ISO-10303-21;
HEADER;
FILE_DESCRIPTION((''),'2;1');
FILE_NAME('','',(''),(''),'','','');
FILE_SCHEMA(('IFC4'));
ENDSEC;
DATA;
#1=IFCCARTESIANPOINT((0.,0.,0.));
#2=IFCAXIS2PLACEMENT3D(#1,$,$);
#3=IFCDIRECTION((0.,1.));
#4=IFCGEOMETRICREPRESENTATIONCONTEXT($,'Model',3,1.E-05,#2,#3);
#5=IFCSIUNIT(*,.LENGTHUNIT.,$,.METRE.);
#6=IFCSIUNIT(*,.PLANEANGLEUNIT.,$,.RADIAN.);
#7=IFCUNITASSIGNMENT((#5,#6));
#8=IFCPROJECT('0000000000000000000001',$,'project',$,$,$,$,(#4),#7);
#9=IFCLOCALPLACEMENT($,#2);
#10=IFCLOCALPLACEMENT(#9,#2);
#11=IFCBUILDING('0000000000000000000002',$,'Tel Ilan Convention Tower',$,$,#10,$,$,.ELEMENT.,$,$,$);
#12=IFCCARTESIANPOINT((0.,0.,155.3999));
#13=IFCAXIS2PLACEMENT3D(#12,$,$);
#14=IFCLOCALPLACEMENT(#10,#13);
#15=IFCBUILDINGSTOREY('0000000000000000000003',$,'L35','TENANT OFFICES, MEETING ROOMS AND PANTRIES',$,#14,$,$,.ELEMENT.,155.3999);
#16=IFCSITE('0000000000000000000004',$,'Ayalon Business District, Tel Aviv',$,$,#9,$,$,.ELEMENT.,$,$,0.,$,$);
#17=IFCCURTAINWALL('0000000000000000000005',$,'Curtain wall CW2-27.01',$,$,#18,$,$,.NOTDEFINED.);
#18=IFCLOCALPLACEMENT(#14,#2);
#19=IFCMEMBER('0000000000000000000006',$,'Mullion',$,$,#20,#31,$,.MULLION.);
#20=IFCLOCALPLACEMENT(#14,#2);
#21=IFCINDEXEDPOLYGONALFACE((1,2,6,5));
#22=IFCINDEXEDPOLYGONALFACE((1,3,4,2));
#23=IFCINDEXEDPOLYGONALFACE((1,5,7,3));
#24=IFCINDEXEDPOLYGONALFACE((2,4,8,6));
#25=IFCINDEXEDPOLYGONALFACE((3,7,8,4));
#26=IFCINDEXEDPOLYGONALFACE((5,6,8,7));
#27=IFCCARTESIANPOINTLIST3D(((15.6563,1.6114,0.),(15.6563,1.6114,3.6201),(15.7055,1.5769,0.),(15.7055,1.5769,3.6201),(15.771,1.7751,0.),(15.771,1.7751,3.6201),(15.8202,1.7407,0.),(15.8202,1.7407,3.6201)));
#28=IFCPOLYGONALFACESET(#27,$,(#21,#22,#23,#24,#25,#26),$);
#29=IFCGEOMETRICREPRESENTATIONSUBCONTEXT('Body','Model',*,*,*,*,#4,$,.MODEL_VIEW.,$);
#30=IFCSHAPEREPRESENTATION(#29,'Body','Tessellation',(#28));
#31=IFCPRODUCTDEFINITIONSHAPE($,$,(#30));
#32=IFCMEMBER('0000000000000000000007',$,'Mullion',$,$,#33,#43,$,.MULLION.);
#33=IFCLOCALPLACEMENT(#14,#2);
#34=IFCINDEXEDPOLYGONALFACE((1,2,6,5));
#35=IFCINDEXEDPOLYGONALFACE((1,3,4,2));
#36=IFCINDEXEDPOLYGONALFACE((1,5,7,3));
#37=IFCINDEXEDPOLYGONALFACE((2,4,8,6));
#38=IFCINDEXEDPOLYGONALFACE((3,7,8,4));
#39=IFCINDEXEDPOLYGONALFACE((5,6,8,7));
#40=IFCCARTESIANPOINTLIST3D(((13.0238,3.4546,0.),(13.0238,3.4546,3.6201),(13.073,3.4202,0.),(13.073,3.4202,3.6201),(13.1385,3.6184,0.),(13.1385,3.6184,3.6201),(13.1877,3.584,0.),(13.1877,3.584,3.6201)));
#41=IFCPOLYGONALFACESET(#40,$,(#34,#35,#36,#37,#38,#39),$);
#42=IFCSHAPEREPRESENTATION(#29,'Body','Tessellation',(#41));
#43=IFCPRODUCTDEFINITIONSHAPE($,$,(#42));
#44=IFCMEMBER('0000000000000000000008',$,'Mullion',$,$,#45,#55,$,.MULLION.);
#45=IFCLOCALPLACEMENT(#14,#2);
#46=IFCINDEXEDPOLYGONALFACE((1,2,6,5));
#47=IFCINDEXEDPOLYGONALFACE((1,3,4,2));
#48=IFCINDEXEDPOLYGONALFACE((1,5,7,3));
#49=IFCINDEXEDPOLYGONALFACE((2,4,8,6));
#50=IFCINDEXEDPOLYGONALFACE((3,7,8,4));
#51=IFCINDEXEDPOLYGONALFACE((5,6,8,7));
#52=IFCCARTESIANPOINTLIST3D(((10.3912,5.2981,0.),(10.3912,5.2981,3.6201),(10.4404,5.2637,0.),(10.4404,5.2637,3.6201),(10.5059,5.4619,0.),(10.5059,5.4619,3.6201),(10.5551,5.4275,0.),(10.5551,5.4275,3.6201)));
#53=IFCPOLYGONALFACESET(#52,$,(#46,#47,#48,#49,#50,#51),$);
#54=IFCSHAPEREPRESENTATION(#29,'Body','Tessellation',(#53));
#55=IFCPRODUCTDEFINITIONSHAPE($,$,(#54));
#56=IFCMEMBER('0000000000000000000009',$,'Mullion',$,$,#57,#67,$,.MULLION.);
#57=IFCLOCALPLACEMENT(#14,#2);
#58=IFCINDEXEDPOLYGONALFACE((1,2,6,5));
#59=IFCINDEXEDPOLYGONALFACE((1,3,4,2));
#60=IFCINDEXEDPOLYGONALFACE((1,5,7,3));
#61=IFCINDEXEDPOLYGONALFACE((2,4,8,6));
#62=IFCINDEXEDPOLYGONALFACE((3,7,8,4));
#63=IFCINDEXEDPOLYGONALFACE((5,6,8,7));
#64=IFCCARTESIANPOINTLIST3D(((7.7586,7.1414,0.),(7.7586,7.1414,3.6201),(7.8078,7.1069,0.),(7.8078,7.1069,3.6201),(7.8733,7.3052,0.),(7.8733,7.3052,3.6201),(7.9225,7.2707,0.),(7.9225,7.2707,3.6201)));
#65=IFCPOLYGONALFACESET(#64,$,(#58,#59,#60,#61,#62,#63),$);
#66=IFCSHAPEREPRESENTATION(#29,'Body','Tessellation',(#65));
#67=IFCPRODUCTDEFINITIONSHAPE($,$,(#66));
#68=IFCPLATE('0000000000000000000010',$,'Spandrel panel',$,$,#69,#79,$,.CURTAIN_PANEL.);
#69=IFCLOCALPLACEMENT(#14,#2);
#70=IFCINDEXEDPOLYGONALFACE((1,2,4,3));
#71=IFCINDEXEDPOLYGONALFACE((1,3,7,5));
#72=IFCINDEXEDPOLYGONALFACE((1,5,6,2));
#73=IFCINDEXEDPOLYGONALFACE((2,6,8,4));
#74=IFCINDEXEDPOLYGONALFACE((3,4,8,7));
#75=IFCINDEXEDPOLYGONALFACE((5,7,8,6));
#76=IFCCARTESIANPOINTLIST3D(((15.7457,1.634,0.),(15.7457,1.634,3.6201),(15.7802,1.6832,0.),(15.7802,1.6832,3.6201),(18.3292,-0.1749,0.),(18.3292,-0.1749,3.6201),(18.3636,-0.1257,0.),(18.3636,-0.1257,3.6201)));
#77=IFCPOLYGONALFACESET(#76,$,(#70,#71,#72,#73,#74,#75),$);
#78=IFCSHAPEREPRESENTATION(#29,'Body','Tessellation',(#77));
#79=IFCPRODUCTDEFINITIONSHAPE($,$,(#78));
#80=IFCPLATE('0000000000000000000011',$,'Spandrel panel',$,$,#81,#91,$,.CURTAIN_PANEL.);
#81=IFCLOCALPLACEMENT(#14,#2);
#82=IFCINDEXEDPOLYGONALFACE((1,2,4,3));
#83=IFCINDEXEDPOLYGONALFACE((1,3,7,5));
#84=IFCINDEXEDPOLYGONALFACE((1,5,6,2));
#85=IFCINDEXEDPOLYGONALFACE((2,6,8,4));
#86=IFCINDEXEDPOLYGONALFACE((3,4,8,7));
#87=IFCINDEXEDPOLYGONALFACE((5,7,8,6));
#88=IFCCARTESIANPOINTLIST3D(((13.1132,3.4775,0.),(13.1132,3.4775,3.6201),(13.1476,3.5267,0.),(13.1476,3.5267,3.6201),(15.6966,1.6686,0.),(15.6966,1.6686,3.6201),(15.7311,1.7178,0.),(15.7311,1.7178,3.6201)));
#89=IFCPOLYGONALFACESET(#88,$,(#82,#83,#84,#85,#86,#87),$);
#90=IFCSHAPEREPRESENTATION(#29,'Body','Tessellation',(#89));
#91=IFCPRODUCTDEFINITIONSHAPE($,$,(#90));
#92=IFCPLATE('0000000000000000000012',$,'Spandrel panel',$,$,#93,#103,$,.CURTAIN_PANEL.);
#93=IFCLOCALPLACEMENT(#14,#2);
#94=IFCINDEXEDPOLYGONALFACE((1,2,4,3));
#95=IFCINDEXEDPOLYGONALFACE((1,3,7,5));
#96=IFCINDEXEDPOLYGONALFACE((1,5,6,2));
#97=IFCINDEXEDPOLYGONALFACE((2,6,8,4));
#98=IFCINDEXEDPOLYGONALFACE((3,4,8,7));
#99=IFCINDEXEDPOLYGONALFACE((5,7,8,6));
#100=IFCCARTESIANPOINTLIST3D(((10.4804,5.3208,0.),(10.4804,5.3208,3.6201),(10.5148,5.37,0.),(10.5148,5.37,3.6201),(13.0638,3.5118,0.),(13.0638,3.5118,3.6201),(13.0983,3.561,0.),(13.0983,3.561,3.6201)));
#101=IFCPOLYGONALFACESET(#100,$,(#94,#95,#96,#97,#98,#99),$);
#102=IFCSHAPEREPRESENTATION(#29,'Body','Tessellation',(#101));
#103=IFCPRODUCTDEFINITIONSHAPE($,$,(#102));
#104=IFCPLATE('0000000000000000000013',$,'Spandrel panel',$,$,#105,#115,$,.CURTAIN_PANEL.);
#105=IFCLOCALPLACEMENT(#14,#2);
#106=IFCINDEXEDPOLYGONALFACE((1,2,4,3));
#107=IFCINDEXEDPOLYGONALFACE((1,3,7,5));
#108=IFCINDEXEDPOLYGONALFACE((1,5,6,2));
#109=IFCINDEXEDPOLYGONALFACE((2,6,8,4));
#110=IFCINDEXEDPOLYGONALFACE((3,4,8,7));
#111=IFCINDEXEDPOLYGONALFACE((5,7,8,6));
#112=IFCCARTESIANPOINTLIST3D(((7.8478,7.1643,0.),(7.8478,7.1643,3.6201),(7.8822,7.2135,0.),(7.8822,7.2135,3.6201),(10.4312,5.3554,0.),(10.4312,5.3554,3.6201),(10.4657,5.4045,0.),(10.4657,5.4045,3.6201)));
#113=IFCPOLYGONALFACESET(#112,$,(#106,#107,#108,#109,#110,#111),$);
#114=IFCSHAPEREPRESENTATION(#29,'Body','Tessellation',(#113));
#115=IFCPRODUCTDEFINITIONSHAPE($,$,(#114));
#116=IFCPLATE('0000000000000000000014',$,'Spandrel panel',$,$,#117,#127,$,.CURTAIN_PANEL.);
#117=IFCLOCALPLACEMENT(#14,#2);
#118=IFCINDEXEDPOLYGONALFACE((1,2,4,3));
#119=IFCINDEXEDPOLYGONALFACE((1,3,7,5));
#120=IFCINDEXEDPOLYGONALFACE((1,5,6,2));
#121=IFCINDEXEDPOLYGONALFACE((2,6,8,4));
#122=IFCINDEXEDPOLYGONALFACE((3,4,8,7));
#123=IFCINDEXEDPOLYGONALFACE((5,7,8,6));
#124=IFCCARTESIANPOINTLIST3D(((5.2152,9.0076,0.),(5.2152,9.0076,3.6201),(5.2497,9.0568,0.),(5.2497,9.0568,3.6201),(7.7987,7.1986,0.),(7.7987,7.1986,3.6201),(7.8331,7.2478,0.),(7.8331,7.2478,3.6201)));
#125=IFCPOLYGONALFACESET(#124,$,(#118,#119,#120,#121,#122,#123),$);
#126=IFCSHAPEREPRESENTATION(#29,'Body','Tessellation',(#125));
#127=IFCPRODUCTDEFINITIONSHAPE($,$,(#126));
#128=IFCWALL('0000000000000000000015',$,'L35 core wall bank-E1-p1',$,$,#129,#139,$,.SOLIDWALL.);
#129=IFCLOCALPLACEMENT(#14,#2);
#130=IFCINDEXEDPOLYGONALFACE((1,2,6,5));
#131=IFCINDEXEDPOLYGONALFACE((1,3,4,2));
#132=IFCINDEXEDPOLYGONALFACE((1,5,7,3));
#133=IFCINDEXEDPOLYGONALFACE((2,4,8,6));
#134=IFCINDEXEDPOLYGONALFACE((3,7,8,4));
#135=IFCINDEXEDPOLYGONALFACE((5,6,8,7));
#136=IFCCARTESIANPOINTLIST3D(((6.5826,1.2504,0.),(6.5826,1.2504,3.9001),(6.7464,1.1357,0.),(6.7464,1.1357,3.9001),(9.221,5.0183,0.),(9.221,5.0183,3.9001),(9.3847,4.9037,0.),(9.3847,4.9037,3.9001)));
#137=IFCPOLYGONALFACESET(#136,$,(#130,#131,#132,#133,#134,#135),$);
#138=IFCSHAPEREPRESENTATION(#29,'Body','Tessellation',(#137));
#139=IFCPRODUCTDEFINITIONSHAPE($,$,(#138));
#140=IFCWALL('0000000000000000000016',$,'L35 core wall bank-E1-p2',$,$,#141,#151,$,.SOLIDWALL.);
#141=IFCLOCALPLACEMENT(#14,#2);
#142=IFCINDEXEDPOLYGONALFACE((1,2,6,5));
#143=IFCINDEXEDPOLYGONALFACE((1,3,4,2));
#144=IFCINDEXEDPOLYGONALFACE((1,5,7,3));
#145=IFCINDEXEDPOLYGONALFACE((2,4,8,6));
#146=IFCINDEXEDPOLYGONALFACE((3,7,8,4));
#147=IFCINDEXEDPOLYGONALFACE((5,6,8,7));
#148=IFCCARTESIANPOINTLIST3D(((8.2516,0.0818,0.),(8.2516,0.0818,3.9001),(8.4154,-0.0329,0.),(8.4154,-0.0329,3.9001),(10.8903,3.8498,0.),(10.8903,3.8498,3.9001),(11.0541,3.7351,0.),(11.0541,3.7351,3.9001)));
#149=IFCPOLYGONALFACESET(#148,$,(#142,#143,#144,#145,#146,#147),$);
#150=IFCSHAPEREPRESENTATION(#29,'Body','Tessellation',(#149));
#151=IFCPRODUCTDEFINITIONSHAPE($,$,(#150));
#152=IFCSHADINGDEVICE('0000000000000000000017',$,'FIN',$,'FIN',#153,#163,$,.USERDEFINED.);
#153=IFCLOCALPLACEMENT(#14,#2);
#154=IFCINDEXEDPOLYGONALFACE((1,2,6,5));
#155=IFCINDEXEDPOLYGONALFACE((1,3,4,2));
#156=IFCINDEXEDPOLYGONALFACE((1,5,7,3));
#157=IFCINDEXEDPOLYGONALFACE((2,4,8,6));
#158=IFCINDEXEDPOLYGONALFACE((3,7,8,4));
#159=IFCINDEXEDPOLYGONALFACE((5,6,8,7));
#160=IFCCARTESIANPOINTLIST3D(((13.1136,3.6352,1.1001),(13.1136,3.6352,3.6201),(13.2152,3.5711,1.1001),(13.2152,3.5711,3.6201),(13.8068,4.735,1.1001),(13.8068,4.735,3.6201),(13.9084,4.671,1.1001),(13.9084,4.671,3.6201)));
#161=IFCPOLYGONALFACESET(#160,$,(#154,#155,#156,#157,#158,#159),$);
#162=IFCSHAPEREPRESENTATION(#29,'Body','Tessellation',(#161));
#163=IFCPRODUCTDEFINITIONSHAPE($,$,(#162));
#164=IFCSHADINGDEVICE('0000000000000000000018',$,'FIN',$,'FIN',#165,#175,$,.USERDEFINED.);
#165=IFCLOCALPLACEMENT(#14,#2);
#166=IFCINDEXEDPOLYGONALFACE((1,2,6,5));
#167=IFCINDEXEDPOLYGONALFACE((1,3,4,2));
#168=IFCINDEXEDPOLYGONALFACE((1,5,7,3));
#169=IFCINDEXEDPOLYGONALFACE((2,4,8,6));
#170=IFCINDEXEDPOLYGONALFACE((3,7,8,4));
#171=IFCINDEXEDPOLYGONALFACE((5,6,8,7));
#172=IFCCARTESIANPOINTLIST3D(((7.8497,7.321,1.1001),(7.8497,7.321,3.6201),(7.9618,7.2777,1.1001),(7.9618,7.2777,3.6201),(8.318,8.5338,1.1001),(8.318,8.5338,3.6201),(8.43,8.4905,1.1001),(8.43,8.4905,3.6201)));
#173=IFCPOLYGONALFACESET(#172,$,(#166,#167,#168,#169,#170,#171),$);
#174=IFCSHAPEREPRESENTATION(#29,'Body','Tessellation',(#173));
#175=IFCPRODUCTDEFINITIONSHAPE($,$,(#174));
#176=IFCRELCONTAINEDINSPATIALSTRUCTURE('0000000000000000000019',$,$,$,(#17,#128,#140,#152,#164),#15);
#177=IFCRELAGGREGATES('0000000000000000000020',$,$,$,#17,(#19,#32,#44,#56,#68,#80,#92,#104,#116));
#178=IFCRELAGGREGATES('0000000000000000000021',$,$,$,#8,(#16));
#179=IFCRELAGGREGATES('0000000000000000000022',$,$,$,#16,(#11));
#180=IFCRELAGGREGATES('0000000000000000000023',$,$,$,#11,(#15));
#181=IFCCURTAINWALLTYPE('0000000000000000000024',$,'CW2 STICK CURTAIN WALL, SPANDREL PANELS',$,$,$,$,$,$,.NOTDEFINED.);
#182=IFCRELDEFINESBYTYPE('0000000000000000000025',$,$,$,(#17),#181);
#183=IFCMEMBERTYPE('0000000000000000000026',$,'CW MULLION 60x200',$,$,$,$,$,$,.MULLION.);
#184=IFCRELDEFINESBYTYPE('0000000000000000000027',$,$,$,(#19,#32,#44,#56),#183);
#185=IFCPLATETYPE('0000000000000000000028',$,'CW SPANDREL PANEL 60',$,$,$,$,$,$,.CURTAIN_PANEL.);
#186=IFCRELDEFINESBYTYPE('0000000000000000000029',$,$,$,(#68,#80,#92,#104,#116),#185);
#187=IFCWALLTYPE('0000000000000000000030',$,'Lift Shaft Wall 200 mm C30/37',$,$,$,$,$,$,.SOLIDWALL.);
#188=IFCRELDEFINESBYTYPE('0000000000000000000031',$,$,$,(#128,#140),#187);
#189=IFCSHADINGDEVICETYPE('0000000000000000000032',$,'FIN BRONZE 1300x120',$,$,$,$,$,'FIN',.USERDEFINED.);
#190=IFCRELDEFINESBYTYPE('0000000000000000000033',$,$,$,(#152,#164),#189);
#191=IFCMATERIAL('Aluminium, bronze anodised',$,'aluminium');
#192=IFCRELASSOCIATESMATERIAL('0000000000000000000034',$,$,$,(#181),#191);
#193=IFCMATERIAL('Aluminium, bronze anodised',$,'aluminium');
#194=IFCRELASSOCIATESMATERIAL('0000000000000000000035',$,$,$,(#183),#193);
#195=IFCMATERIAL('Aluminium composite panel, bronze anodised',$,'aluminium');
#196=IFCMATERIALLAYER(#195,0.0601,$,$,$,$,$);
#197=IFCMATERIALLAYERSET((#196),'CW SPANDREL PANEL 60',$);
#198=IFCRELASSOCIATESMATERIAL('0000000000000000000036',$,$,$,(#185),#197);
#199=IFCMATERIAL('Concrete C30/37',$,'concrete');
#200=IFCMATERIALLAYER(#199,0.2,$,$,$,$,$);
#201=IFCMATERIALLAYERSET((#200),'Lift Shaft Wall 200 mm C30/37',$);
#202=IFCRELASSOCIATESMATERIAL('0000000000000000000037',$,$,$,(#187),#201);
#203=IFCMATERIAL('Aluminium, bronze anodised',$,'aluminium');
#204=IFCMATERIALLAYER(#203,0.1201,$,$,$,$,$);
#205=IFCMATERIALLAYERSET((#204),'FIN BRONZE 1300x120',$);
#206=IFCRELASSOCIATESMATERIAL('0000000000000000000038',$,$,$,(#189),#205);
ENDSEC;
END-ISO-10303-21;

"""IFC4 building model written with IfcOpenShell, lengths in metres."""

from ifc_helpers import new_model, si_unit, direction, frame, frame_2d, origin, origin_2d, place, context, subcontext, project, spatial, rectangle, extrude, material, layer, layer_set, material_profile, profile_set, type_object, element, aggregate, save


model = new_model("IFC4")

# Units and contexts
model_context = context("Model", 3, precision=1e-05, world=origin(), true_north=direction((0.0, 1.0)))
body_context = subcontext(model_context, "Body", "Model", "MODEL_VIEW")
ifc_project = project(units=[si_unit("LENGTHUNIT", "METRE"), si_unit("PLANEANGLEUNIT", "RADIAN")], contexts=[model_context])

# Site, building, storey
site_placement = place(None, origin())
site = spatial("IfcSite", under=ifc_project, at=site_placement, Name="Ayalon Business District, Tel Aviv", CompositionType="ELEMENT", RefElevation=0.0)
building_placement = place(site_placement, origin())
building = spatial("IfcBuilding", under=site, at=building_placement, Name="Tel Ilan Convention Tower", CompositionType="ELEMENT")
storey_placement = place(building_placement, frame((0.0, 0.0, 155.3999)))
storey = spatial("IfcBuildingStorey", under=building, at=storey_placement, Name="L35", Description="TENANT OFFICES, MEETING ROOMS AND PANTRIES", CompositionType="ELEMENT", Elevation=155.3999)

# Curtain wall, members, plates
ifc_material_1 = material(Name="Aluminium, bronze anodised", Category="aluminium")
curtain_wall_type = type_object("IfcCurtainWallType", Name="CW2 STICK CURTAIN WALL, SPANDREL PANELS", PredefinedType="NOTDEFINED", material=ifc_material_1)
curtain_wall_placement = place(storey_placement, origin())
curtain_wall = element("IfcCurtainWall", 1, at=curtain_wall_placement, inside=storey, type_object=curtain_wall_type, Name="Curtain wall CW2-27.01", PredefinedType="NOTDEFINED")
ifc_material_2 = material(Name="Aluminium, bronze anodised", Category="aluminium")
ifc_material_profile = material_profile(ifc_material_2, rectangle(XDim=0.0601, YDim=0.2, at=origin_2d()), Name="CW MULLION 60x200")
ifc_profile_set = profile_set([ifc_material_profile], Name="Aluminium, bronze anodised")
member_type = type_object("IfcMemberType", Name="CW MULLION 60x200", PredefinedType="MULLION", material=ifc_profile_set)
member_1_placement = place(storey_placement, frame((15.7383, 1.676, 0.0), z_axis=(0.0, 0.0, 1.0), x_axis=(-0.819152, 0.573576, 0.0)))
member_1 = element("IfcMember", 2, at=member_1_placement, type_object=member_type, Name="Mullion", PredefinedType="MULLION", context=body_context, shape_type="SweptSolid", body=[
    extrude(rectangle(XDim=0.0601, YDim=0.2, at=origin_2d()), origin(), (0.0, 0.0, 1.0), 3.6201),
])
member_2_placement = place(storey_placement, frame((13.1057, 3.5193, 0.0), z_axis=(0.0, 0.0, 1.0), x_axis=(-0.819152, 0.573576, 0.0)))
member_2 = element("IfcMember", 3, at=member_2_placement, type_object=member_type, Name="Mullion", PredefinedType="MULLION", context=body_context, shape_type="SweptSolid", body=[
    extrude(rectangle(XDim=0.0601, YDim=0.2, at=origin_2d()), origin(), (0.0, 0.0, 1.0), 3.6201),
])
member_3_placement = place(storey_placement, frame((10.4731, 5.3628, 0.0), z_axis=(0.0, 0.0, 1.0), x_axis=(-0.819152, 0.573576, 0.0)))
member_3 = element("IfcMember", 4, at=member_3_placement, type_object=member_type, Name="Mullion", PredefinedType="MULLION", context=body_context, shape_type="SweptSolid", body=[
    extrude(rectangle(XDim=0.0601, YDim=0.2, at=origin_2d()), origin(), (0.0, 0.0, 1.0), 3.6201),
])
member_4_placement = place(storey_placement, frame((7.8406, 7.2061, 0.0), z_axis=(0.0, 0.0, 1.0), x_axis=(-0.819152, 0.573576, 0.0)))
member_4 = element("IfcMember", 5, at=member_4_placement, type_object=member_type, Name="Mullion", PredefinedType="MULLION", context=body_context, shape_type="SweptSolid", body=[
    extrude(rectangle(XDim=0.0601, YDim=0.2, at=origin_2d()), origin(), (0.0, 0.0, 1.0), 3.6201),
])
ifc_material_3 = material(Name="Aluminium composite panel, bronze anodised", Category="aluminium")
ifc_layer_1 = layer(ifc_material_3, 0.0601)
ifc_layer_set_1 = layer_set([ifc_layer_1], Name="CW SPANDREL PANEL 60")
plate_type = type_object("IfcPlateType", Name="CW SPANDREL PANEL 60", PredefinedType="CURTAIN_PANEL", material=ifc_layer_set_1)
plate_1_placement = place(storey_placement, frame((17.0547, 0.7542, 0.0), z_axis=(0.0, 0.0, 1.0), x_axis=(-0.819152, 0.573576, 0.0)))
plate_1 = element("IfcPlate", 6, at=plate_1_placement, type_object=plate_type, Name="Spandrel panel", PredefinedType="CURTAIN_PANEL", context=body_context, shape_type="SweptSolid", body=[
    extrude(rectangle(XDim=3.1538, YDim=0.0601, at=origin_2d()), origin(), (0.0, 0.0, 1.0), 3.6201),
])
plate_2_placement = place(storey_placement, frame((14.4221, 2.5977, 0.0), z_axis=(0.0, 0.0, 1.0), x_axis=(-0.819152, 0.573576, 0.0)))
plate_2 = element("IfcPlate", 7, at=plate_2_placement, type_object=plate_type, Name="Spandrel panel", PredefinedType="CURTAIN_PANEL", context=body_context, shape_type="SweptSolid", body=[
    extrude(rectangle(XDim=3.1538, YDim=0.0601, at=origin_2d()), origin(), (0.0, 0.0, 1.0), 3.6201),
])
plate_3_placement = place(storey_placement, frame((11.7893, 4.4409, 0.0), z_axis=(0.0, 0.0, 1.0), x_axis=(-0.819152, 0.573576, 0.0)))
plate_3 = element("IfcPlate", 8, at=plate_3_placement, type_object=plate_type, Name="Spandrel panel", PredefinedType="CURTAIN_PANEL", context=body_context, shape_type="SweptSolid", body=[
    extrude(rectangle(XDim=3.1538, YDim=0.0601, at=origin_2d()), origin(), (0.0, 0.0, 1.0), 3.6201),
])
plate_4_placement = place(storey_placement, frame((9.1567, 6.2844, 0.0), z_axis=(0.0, 0.0, 1.0), x_axis=(-0.819152, 0.573576, 0.0)))
plate_4 = element("IfcPlate", 9, at=plate_4_placement, type_object=plate_type, Name="Spandrel panel", PredefinedType="CURTAIN_PANEL", context=body_context, shape_type="SweptSolid", body=[
    extrude(rectangle(XDim=3.1538, YDim=0.0601, at=origin_2d()), origin(), (0.0, 0.0, 1.0), 3.6201),
])
plate_5_placement = place(storey_placement, frame((6.5242, 8.1277, 0.0), z_axis=(0.0, 0.0, 1.0), x_axis=(-0.819152, 0.573576, 0.0)))
plate_5 = element("IfcPlate", 10, at=plate_5_placement, type_object=plate_type, Name="Spandrel panel", PredefinedType="CURTAIN_PANEL", context=body_context, shape_type="SweptSolid", body=[
    extrude(rectangle(XDim=3.1538, YDim=0.0601, at=origin_2d()), origin(), (0.0, 0.0, 1.0), 3.6201),
])
aggregate(curtain_wall, [member_1, member_2, member_3, member_4, plate_1, plate_2, plate_3, plate_4, plate_5])

# Walls
ifc_material_4 = material(Name="Concrete C30/37", Category="concrete")
ifc_layer_2 = layer(ifc_material_4, 0.2)
ifc_layer_set_2 = layer_set([ifc_layer_2], Name="Lift Shaft Wall 200 mm C30/37")
wall_type = type_object("IfcWallType", Name="Lift Shaft Wall 200 mm C30/37", PredefinedType="SOLIDWALL", material=ifc_layer_set_2)
wall_1_placement = place(storey_placement, frame((6.6646, 1.1931, 0.0), z_axis=(0.0, 0.0, 1.0), x_axis=(0.573576, 0.819152, 0.0)))
element("IfcWall", 11, at=wall_1_placement, inside=storey, type_object=wall_type, Name="L35 core wall bank-E1-p1", PredefinedType="SOLIDWALL", context=body_context, shape_type="SweptSolid", body=[
    extrude(rectangle(XDim=4.5999, YDim=0.2, at=frame_2d((2.2998, 0.0))), origin(), (0.0, 0.0, 1.0), 3.9001),
])
wall_2_placement = place(storey_placement, frame((8.3335, 0.0244, 0.0), z_axis=(0.0, 0.0, 1.0), x_axis=(0.573612, 0.819127, 0.0)))
element("IfcWall", 12, at=wall_2_placement, inside=storey, type_object=wall_type, Name="L35 core wall bank-E1-p2", PredefinedType="SOLIDWALL", context=body_context, shape_type="SweptSolid", body=[
    extrude(rectangle(XDim=4.6001, YDim=0.2, at=frame_2d((2.3, 0.0))), origin(), (0.0, 0.0, 1.0), 3.9001),
])

# Shading devices
ifc_material_5 = material(Name="Aluminium, bronze anodised", Category="aluminium")
ifc_layer_3 = layer(ifc_material_5, 0.1201)
ifc_layer_set_3 = layer_set([ifc_layer_3], Name="FIN BRONZE 1300x120")
shading_device_type = type_object("IfcShadingDeviceType", Name="FIN BRONZE 1300x120", ElementType="FIN", PredefinedType="USERDEFINED", material=ifc_layer_set_3)
for number, where, z_axis, x_axis, name in (
    (13, (13.511, 4.1531, 1.1001), (0.0, 0.0, 1.0), (0.533204, 0.845986, 0.0), "FIN"),
    (14, (8.1399, 7.9058, 1.1001), (0.0, 0.0, 1.0), (0.360178, 0.932884, 0.0), "FIN"),
):
    element("IfcShadingDevice", number, at=place(storey_placement, frame(where, z_axis=z_axis, x_axis=x_axis)), inside=storey, type_object=shading_device_type, Name=name, ObjectType="FIN", PredefinedType="USERDEFINED", context=body_context, shape_type="SweptSolid", body=[
        extrude(rectangle(XDim=1.3, YDim=0.1201, at=origin_2d()), origin(), (0.0, 0.0, 1.0), 2.52),
    ])

save(model, "model.ifc")
